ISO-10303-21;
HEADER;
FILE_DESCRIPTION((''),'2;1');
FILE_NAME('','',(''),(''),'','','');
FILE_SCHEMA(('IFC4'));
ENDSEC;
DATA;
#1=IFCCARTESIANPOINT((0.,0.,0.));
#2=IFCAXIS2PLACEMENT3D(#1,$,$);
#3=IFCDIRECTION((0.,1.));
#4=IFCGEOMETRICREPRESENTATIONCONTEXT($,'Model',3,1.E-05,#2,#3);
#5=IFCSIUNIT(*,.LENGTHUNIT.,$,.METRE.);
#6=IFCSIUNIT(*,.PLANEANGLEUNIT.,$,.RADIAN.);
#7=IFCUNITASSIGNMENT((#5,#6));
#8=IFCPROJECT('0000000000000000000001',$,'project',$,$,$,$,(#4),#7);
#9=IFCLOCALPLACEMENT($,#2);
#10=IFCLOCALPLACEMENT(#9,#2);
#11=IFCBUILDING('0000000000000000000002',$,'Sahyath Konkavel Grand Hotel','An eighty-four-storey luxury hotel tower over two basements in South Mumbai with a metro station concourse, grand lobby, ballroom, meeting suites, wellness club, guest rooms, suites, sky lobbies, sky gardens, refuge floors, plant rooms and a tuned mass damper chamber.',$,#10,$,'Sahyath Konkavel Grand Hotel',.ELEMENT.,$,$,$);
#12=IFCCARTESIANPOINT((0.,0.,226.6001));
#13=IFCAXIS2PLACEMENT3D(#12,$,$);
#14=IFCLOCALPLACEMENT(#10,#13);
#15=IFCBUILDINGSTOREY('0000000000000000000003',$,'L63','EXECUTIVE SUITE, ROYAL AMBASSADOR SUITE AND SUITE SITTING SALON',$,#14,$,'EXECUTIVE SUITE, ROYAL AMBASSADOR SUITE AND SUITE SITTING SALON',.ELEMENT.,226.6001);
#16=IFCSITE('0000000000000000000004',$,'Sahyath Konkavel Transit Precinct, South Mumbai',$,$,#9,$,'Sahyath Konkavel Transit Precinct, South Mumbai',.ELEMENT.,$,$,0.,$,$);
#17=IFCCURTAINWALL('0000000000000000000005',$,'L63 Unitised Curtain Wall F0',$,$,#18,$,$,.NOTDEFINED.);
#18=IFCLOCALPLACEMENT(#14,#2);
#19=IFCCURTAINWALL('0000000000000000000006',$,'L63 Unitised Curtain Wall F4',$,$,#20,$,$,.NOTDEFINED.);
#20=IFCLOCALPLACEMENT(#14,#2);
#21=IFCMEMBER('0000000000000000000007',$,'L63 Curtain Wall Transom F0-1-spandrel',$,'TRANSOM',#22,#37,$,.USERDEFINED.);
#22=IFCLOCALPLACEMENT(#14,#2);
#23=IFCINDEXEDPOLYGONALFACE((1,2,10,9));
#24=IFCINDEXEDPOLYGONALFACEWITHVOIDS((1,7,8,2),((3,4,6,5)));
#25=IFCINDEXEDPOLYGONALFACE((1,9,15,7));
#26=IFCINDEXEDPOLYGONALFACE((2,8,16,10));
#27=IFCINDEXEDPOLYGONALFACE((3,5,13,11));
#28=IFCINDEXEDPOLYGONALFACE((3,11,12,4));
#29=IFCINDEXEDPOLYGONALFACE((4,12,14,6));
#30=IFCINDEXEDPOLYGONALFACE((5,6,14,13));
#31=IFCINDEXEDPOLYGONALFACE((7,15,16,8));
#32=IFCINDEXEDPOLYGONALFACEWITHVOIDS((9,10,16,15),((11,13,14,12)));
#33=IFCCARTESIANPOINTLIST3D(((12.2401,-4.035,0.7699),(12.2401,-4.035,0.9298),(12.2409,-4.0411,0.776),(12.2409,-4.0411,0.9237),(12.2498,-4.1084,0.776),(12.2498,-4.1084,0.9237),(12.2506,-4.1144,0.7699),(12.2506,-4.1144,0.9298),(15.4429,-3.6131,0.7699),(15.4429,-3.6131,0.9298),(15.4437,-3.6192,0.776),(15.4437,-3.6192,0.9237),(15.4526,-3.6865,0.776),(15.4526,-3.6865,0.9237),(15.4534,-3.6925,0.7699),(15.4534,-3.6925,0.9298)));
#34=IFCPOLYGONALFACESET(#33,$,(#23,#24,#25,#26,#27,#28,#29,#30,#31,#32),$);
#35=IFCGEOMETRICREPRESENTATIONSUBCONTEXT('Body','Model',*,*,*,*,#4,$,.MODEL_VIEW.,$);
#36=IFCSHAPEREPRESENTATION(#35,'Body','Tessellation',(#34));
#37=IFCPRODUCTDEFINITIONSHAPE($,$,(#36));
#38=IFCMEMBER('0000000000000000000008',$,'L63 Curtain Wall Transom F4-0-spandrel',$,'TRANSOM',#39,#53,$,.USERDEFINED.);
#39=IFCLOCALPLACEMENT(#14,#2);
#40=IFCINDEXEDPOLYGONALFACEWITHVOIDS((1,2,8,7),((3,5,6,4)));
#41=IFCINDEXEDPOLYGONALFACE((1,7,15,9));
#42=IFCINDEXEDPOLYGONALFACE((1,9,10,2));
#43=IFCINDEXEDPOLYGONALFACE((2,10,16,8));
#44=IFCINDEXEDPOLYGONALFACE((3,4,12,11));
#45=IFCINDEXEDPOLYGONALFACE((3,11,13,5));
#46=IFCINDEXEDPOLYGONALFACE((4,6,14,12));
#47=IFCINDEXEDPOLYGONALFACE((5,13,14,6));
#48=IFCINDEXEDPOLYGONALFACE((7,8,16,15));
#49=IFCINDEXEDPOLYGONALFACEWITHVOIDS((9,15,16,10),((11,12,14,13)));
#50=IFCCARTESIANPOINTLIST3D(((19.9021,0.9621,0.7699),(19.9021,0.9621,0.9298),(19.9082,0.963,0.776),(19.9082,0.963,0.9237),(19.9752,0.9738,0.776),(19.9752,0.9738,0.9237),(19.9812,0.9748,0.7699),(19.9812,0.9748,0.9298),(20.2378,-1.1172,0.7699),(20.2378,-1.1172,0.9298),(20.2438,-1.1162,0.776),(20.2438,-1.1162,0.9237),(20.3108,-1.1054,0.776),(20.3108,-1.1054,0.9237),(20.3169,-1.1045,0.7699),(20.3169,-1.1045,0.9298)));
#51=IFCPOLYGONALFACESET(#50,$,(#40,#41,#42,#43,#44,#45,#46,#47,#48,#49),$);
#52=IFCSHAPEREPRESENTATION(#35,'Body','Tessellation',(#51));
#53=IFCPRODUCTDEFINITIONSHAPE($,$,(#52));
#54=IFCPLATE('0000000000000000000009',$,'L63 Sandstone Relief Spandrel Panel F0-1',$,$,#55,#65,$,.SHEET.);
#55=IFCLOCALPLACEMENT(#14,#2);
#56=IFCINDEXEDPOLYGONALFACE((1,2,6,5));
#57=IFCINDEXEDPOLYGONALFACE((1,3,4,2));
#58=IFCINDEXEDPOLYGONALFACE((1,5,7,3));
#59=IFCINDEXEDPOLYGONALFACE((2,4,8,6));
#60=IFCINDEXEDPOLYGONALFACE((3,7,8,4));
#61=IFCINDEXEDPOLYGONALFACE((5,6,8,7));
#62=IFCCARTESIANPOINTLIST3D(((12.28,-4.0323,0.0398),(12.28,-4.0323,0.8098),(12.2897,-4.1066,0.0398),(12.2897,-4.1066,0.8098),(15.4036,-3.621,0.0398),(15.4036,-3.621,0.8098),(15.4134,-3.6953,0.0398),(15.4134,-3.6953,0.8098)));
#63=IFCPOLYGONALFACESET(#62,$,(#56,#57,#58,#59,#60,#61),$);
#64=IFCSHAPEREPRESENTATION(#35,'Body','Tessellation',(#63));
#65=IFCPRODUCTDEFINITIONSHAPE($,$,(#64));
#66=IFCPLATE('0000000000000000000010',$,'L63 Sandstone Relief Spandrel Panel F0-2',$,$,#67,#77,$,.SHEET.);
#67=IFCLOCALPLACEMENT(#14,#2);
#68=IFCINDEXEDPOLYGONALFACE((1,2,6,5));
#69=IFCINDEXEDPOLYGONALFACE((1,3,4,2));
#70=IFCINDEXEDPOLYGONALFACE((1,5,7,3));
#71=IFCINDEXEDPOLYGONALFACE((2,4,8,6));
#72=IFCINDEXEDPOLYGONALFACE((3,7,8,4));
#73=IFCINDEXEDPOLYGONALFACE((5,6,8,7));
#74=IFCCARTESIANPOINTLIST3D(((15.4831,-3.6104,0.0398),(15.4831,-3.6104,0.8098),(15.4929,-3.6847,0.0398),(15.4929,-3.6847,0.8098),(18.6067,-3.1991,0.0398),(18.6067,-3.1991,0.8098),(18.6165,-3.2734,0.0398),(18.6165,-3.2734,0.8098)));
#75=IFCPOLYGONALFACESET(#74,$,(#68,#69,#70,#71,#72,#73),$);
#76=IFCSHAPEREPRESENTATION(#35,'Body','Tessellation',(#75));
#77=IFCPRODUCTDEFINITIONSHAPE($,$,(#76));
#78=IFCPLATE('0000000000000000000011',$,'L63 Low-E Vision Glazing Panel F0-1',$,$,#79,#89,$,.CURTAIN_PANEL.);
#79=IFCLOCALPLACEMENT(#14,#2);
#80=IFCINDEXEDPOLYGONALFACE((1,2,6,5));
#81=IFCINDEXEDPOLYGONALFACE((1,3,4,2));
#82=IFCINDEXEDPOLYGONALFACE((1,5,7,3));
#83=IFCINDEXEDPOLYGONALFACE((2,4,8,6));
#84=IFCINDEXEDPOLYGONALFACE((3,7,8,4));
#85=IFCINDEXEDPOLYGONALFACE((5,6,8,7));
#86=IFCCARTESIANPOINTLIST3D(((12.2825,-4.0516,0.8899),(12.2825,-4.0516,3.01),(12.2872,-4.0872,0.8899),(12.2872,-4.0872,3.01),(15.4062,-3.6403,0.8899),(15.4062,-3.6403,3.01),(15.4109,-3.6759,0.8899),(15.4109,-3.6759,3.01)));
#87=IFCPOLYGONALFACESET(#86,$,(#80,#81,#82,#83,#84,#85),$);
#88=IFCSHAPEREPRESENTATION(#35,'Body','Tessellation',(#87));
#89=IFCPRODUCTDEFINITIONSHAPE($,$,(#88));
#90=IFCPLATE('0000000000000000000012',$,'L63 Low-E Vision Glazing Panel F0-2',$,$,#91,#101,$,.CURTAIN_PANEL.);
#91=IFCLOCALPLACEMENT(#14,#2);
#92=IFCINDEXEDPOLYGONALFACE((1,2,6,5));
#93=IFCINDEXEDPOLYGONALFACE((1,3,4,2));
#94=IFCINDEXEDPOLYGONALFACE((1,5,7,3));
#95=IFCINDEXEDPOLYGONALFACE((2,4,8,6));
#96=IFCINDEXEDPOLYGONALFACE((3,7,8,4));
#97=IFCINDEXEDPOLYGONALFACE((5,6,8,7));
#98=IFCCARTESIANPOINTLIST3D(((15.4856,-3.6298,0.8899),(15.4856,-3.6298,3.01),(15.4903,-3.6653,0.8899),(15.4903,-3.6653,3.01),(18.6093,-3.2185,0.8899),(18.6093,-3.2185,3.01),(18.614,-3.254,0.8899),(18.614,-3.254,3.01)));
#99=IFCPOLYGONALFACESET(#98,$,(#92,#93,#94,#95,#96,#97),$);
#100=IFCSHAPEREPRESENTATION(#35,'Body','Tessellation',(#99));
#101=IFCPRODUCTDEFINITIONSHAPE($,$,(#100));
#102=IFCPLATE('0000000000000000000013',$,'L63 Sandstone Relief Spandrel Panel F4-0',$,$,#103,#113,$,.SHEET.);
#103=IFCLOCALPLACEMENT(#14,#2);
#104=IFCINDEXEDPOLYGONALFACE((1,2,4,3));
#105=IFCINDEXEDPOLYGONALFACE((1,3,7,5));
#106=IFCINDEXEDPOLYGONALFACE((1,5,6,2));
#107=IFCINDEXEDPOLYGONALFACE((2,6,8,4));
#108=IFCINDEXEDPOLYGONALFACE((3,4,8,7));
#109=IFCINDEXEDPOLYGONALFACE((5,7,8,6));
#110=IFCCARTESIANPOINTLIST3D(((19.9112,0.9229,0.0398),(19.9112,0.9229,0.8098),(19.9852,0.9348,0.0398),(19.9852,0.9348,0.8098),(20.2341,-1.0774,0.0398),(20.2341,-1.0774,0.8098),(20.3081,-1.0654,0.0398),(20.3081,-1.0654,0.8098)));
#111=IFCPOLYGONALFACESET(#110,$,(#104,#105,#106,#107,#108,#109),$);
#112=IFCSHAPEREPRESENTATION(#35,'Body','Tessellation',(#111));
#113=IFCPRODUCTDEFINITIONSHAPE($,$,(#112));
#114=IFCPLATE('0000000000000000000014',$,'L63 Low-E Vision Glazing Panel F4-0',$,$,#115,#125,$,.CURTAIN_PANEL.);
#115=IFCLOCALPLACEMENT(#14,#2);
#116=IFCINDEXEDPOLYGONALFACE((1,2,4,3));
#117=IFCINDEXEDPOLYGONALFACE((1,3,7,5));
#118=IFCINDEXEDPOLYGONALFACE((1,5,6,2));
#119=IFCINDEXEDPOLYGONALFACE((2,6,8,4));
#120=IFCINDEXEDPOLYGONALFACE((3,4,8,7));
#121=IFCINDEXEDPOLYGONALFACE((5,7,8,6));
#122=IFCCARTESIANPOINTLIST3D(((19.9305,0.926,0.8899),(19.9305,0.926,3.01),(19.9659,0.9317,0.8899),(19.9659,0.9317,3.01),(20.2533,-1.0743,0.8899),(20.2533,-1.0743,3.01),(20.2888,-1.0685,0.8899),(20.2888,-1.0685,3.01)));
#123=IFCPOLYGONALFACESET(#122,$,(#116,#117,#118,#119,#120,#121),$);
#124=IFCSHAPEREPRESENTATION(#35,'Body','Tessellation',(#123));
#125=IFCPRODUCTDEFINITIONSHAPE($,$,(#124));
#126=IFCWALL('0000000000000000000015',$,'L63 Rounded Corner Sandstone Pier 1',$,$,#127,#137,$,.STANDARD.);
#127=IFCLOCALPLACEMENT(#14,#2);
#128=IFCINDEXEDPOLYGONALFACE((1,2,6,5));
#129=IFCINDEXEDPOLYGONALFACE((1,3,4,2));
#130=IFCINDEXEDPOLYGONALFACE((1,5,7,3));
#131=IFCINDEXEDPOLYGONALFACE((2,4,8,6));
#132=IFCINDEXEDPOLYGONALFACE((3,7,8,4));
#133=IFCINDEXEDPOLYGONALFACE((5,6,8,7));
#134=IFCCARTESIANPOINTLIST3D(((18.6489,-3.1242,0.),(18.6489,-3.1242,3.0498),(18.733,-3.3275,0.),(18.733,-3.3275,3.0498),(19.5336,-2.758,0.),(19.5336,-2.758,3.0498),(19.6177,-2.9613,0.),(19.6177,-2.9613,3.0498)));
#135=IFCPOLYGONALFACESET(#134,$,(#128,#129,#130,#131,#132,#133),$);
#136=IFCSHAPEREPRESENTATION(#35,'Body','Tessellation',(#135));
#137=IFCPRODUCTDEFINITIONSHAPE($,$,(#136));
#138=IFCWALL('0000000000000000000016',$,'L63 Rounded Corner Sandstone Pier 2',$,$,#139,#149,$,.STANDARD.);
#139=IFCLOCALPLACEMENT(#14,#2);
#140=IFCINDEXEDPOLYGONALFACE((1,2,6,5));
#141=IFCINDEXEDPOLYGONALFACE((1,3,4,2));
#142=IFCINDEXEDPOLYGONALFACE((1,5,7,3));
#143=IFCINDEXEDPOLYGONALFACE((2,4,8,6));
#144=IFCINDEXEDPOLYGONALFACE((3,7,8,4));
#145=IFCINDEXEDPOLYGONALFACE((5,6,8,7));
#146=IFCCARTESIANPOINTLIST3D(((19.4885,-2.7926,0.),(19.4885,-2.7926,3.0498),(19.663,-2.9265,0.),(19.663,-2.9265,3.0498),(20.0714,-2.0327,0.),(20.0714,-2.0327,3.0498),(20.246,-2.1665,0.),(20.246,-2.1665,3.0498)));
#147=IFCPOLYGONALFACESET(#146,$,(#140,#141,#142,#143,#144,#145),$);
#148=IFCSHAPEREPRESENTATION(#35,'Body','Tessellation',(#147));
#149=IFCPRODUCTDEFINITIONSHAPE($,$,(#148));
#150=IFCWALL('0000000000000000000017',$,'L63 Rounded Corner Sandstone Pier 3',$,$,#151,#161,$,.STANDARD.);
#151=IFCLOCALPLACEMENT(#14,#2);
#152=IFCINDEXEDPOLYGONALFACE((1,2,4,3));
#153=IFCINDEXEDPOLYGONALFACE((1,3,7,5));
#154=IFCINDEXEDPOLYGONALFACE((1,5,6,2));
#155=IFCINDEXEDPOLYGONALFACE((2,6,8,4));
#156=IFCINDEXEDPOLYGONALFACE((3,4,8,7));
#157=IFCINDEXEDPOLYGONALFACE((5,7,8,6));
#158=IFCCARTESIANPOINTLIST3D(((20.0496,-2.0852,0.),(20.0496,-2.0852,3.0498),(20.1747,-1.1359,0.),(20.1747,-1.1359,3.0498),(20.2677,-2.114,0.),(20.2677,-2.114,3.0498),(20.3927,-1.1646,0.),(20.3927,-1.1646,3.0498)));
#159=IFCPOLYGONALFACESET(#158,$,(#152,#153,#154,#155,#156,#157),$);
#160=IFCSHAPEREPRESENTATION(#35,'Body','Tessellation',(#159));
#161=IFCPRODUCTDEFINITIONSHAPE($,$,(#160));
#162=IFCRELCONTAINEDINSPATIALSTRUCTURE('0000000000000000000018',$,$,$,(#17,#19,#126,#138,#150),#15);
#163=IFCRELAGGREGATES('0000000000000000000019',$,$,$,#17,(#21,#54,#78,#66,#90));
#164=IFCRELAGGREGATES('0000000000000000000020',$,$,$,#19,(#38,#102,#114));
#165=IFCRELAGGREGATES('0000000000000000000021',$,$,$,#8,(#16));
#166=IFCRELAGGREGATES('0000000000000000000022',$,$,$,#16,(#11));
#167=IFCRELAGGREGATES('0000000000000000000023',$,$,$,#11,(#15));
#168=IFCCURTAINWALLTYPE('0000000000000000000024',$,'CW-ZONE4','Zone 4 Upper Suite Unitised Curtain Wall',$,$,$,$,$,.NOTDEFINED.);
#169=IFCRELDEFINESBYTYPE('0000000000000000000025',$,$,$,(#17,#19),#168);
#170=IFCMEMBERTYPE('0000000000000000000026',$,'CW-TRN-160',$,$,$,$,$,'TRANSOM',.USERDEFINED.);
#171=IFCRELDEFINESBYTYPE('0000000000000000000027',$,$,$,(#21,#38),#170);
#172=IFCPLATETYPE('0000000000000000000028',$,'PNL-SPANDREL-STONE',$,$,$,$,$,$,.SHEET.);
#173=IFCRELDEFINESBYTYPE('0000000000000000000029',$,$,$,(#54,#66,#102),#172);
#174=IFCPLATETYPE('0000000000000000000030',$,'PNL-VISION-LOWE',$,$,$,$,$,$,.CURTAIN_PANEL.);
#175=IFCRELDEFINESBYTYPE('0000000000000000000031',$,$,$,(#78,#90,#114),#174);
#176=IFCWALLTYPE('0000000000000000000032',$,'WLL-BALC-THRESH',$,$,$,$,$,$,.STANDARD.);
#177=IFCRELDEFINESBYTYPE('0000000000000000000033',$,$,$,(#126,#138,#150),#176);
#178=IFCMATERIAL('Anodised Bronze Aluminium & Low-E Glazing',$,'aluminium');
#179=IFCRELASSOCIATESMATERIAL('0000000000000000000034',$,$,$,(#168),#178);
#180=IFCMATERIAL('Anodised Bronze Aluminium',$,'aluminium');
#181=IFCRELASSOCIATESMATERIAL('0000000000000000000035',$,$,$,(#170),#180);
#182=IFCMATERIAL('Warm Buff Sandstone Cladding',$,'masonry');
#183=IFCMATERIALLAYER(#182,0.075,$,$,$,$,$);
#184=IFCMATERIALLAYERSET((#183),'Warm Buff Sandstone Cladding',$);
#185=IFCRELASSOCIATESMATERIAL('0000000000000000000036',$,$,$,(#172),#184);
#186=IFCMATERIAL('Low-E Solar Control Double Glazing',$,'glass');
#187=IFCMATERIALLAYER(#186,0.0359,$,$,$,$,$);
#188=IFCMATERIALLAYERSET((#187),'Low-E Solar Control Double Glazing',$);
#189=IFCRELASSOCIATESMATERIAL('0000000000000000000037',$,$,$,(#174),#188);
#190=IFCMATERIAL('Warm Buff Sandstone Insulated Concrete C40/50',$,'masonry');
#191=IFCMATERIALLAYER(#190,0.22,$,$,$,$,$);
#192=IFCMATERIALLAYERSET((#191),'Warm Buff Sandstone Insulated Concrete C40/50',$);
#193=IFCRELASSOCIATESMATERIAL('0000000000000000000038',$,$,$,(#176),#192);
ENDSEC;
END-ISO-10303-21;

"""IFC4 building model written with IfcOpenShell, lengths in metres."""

from ifc_helpers import new_model, si_unit, direction, frame, frame_2d, origin, origin_2d, place, context, subcontext, project, spatial, rectangle, hollow_rectangle, extrude, source, transform, mapped, material, layer, layer_set, material_profile, profile_set, type_object, element, aggregate, save


model = new_model("IFC4")

# Units and contexts
model_context = context("Model", 3, precision=1e-05, world=origin(), true_north=direction((0.0, 1.0)))
body_context = subcontext(model_context, "Body", "Model", "MODEL_VIEW")
ifc_project = project(units=[si_unit("LENGTHUNIT", "METRE"), si_unit("PLANEANGLEUNIT", "RADIAN")], contexts=[model_context])

# Site, building, storey
site_placement = place(None, origin())
site = spatial("IfcSite", under=ifc_project, at=site_placement, Name="Sahyath Konkavel Transit Precinct, South Mumbai", LongName="Sahyath Konkavel Transit Precinct, South Mumbai", CompositionType="ELEMENT", RefElevation=0.0)
building_placement = place(site_placement, origin())
building = spatial("IfcBuilding", under=site, at=building_placement, Name="Sahyath Konkavel Grand Hotel", Description="An eighty-four-storey luxury hotel tower over two basements in South Mumbai with a metro station concourse, grand lobby, ballroom, meeting suites, wellness club, guest rooms, suites, sky lobbies, sky gardens, refuge floors, plant rooms and a tuned mass damper chamber.", LongName="Sahyath Konkavel Grand Hotel", CompositionType="ELEMENT")
storey_placement = place(building_placement, frame((0.0, 0.0, 226.6001)))
storey = spatial("IfcBuildingStorey", under=building, at=storey_placement, Name="L63", Description="EXECUTIVE SUITE, ROYAL AMBASSADOR SUITE AND SUITE SITTING SALON", LongName="EXECUTIVE SUITE, ROYAL AMBASSADOR SUITE AND SUITE SITTING SALON", CompositionType="ELEMENT", Elevation=226.6001)

# Curtain wall
ifc_material_1 = material(Name="Anodised Bronze Aluminium & Low-E Glazing", Category="aluminium")
curtain_wall_type = type_object("IfcCurtainWallType", Name="CW-ZONE4", Description="Zone 4 Upper Suite Unitised Curtain Wall", PredefinedType="NOTDEFINED", material=ifc_material_1)
curtain_wall_1_placement = place(storey_placement, origin())
curtain_wall_1 = element("IfcCurtainWall", 1, at=curtain_wall_1_placement, inside=storey, type_object=curtain_wall_type, Name="L63 Unitised Curtain Wall F0", PredefinedType="NOTDEFINED")
ifc_material_2 = material(Name="Anodised Bronze Aluminium", Category="aluminium")

# Curtain wall
curtain_wall_2_placement = place(storey_placement, origin())
curtain_wall_2 = element("IfcCurtainWall", 2, at=curtain_wall_2_placement, inside=storey, type_object=curtain_wall_type, Name="L63 Unitised Curtain Wall F4", PredefinedType="NOTDEFINED")

# Members
ifc_material_profile_1 = material_profile(ifc_material_2, hollow_rectangle(XDim=0.0801, YDim=0.1599, WallThickness=0.0061, at=origin_2d()), Name="RHS 160x80x6")
ifc_profile_set_1 = profile_set([ifc_material_profile_1], Name="Anodised Bronze Aluminium")
member_type_1 = type_object("IfcMemberType", Name="CW-TRN-160", ElementType="TRANSOM", PredefinedType="USERDEFINED", material=ifc_profile_set_1)
shared_shape_1 = source(origin(), body_context, "Body", "SweptSolid", [
    extrude(hollow_rectangle(XDim=0.0801, YDim=0.1599, WallThickness=0.0061, at=origin_2d()), origin(), (0.0, 0.0, 1.0), 3.2305),
])
member_1_placement = place(storey_placement, frame((12.2454, -4.0747, 0.8499), z_axis=(0.991437, 0.130589, 0.0), x_axis=(-0.130589, 0.991437, 0.0)))
member_1 = element("IfcMember", 3, at=member_1_placement, type_object=member_type_1, Name="L63 Curtain Wall Transom F0-1-spandrel", ObjectType="TRANSOM", PredefinedType="USERDEFINED", context=body_context, shape_type="MappedRepresentation", body=[
    mapped(shared_shape_1, transform((0.0, 0.0, 0.0), scale=1.0)),
])
shared_shape_2 = source(origin(), body_context, "Body", "SweptSolid", [
    extrude(hollow_rectangle(XDim=0.0801, YDim=0.1599, WallThickness=0.0061, at=origin_2d()), origin(), (0.0, 0.0, 1.0), 2.1062),
])
member_2_placement = place(storey_placement, frame((20.2773, -1.1108, 0.8499), z_axis=(-0.159378, 0.987218, 0.0), x_axis=(-0.987218, -0.159378, 0.0)))
member_2 = element("IfcMember", 4, at=member_2_placement, type_object=member_type_1, Name="L63 Curtain Wall Transom F4-0-spandrel", ObjectType="TRANSOM", PredefinedType="USERDEFINED", context=body_context, shape_type="MappedRepresentation", body=[
    mapped(shared_shape_2, transform((0.0, 0.0, 0.0), scale=1.0)),
])

# Plates
ifc_material_3 = material(Name="Warm Buff Sandstone Cladding", Category="masonry")
ifc_layer_1 = layer(ifc_material_3, 0.075)
ifc_layer_set_1 = layer_set([ifc_layer_1], Name="Warm Buff Sandstone Cladding")
plate_type_1 = type_object("IfcPlateType", Name="PNL-SPANDREL-STONE", PredefinedType="SHEET", material=ifc_layer_set_1)
shared_shape_3 = source(origin(), body_context, "Body", "SweptSolid", [
    extrude(rectangle(XDim=3.1506, YDim=0.075, at=origin_2d()), origin(), (0.0, 0.0, 1.0), 0.77),
])
plate_1_placement = place(storey_placement, frame((13.8467, -3.8638, 0.0398), z_axis=(0.0, 0.0, 1.0), x_axis=(0.991443, 0.130543, 0.0)))
plate_1 = element("IfcPlate", 5, at=plate_1_placement, type_object=plate_type_1, Name="L63 Sandstone Relief Spandrel Panel F0-1", PredefinedType="SHEET", context=body_context, shape_type="MappedRepresentation", body=[
    mapped(shared_shape_3, transform((0.0, 0.0, 0.0), scale=1.0)),
])
plate_2_placement = place(storey_placement, frame((17.0498, -3.4419, 0.0398), z_axis=(0.0, 0.0, 1.0), x_axis=(0.991443, 0.130543, 0.0)))
plate_2 = element("IfcPlate", 6, at=plate_2_placement, type_object=plate_type_1, Name="L63 Sandstone Relief Spandrel Panel F0-2", PredefinedType="SHEET", context=body_context, shape_type="MappedRepresentation", body=[
    mapped(shared_shape_3, transform((0.0, 0.0, 0.0), scale=1.0)),
])
ifc_material_4 = material(Name="Low-E Solar Control Double Glazing", Category="glass")
ifc_layer_2 = layer(ifc_material_4, 0.0359)
ifc_layer_set_2 = layer_set([ifc_layer_2], Name="Low-E Solar Control Double Glazing")
plate_type_2 = type_object("IfcPlateType", Name="PNL-VISION-LOWE", PredefinedType="CURTAIN_PANEL", material=ifc_layer_set_2)
shared_shape_4 = source(origin(), body_context, "Body", "SweptSolid", [
    extrude(rectangle(XDim=3.1506, YDim=0.0359, at=origin_2d()), origin(), (0.0, 0.0, 1.0), 2.1201),
])
plate_3_placement = place(storey_placement, frame((13.8467, -3.8638, 0.8899), z_axis=(0.0, 0.0, 1.0), x_axis=(0.991443, 0.130543, 0.0)))
plate_3 = element("IfcPlate", 7, at=plate_3_placement, type_object=plate_type_2, Name="L63 Low-E Vision Glazing Panel F0-1", PredefinedType="CURTAIN_PANEL", context=body_context, shape_type="MappedRepresentation", body=[
    mapped(shared_shape_4, transform((0.0, 0.0, 0.0), scale=1.0)),
])
plate_4_placement = place(storey_placement, frame((17.0498, -3.4419, 0.8899), z_axis=(0.0, 0.0, 1.0), x_axis=(0.991443, 0.130543, 0.0)))
plate_4 = element("IfcPlate", 8, at=plate_4_placement, type_object=plate_type_2, Name="L63 Low-E Vision Glazing Panel F0-2", PredefinedType="CURTAIN_PANEL", context=body_context, shape_type="MappedRepresentation", body=[
    mapped(shared_shape_4, transform((0.0, 0.0, 0.0), scale=1.0)),
])
aggregate(curtain_wall_1, [member_1, plate_1, plate_3, plate_2, plate_4])
shared_shape_5 = source(origin(), body_context, "Body", "SweptSolid", [
    extrude(rectangle(XDim=2.0261, YDim=0.075, at=origin_2d()), origin(), (0.0, 0.0, 1.0), 0.77),
])
plate_5_placement = place(storey_placement, frame((20.1096, -0.0713, 0.0398), z_axis=(0.0, 0.0, 1.0), x_axis=(-0.159364, 0.98722, 0.0)))
plate_5 = element("IfcPlate", 9, at=plate_5_placement, type_object=plate_type_1, Name="L63 Sandstone Relief Spandrel Panel F4-0", PredefinedType="SHEET", context=body_context, shape_type="MappedRepresentation", body=[
    mapped(shared_shape_5, transform((0.0, 0.0, 0.0), scale=1.0)),
])
shared_shape_6 = source(origin(), body_context, "Body", "SweptSolid", [
    extrude(rectangle(XDim=2.0261, YDim=0.0359, at=origin_2d()), origin(), (0.0, 0.0, 1.0), 2.1201),
])
plate_6_placement = place(storey_placement, frame((20.1096, -0.0713, 0.8899), z_axis=(0.0, 0.0, 1.0), x_axis=(-0.159364, 0.98722, 0.0)))
plate_6 = element("IfcPlate", 10, at=plate_6_placement, type_object=plate_type_2, Name="L63 Low-E Vision Glazing Panel F4-0", PredefinedType="CURTAIN_PANEL", context=body_context, shape_type="MappedRepresentation", body=[
    mapped(shared_shape_6, transform((0.0, 0.0, 0.0), scale=1.0)),
])
aggregate(curtain_wall_2, [member_2, plate_5, plate_6])

# Walls
ifc_material_5 = material(Name="Warm Buff Sandstone Insulated Concrete C40/50", Category="masonry")
ifc_layer_3 = layer(ifc_material_5, 0.22)
ifc_layer_set_3 = layer_set([ifc_layer_3], Name="Warm Buff Sandstone Insulated Concrete C40/50")
wall_type_1 = type_object("IfcWallType", Name="WLL-BALC-THRESH", PredefinedType="STANDARD", material=ifc_layer_set_3)
wall_1_placement = place(storey_placement, frame((18.6909, -3.2258, 0.0), z_axis=(0.0, 0.0, 1.0), x_axis=(0.92398, 0.382442, 0.0)))
element("IfcWall", 11, at=wall_1_placement, inside=storey, type_object=wall_type_1, Name="L63 Rounded Corner Sandstone Pier 1", PredefinedType="STANDARD", context=body_context, shape_type="SweptSolid", body=[
    extrude(rectangle(XDim=0.9575, YDim=0.22, at=frame_2d((0.4788, 0.0))), origin(), (0.0, 0.0, 1.0), 3.0498),
])
wall_2_placement = place(storey_placement, frame((19.5757, -2.8596, 0.0), z_axis=(0.0, 0.0, 1.0), x_axis=(0.608651, 0.793438, 0.0)))
element("IfcWall", 12, at=wall_2_placement, inside=storey, type_object=wall_type_1, Name="L63 Rounded Corner Sandstone Pier 2", PredefinedType="STANDARD", context=body_context, shape_type="SweptSolid", body=[
    extrude(rectangle(XDim=0.9578, YDim=0.22, at=frame_2d((0.479, 0.0))), origin(), (0.0, 0.0, 1.0), 3.0498),
])
wall_3_placement = place(storey_placement, frame((20.1587, -2.0996, 0.0), z_axis=(0.0, 0.0, 1.0), x_axis=(0.13056, 0.99144, 0.0)))
element("IfcWall", 13, at=wall_3_placement, inside=storey, type_object=wall_type_1, Name="L63 Rounded Corner Sandstone Pier 3", PredefinedType="STANDARD", context=body_context, shape_type="SweptSolid", body=[
    extrude(rectangle(XDim=0.9575, YDim=0.22, at=frame_2d((0.4788, 0.0))), origin(), (0.0, 0.0, 1.0), 3.0498),
])

save(model, "model.ifc")
